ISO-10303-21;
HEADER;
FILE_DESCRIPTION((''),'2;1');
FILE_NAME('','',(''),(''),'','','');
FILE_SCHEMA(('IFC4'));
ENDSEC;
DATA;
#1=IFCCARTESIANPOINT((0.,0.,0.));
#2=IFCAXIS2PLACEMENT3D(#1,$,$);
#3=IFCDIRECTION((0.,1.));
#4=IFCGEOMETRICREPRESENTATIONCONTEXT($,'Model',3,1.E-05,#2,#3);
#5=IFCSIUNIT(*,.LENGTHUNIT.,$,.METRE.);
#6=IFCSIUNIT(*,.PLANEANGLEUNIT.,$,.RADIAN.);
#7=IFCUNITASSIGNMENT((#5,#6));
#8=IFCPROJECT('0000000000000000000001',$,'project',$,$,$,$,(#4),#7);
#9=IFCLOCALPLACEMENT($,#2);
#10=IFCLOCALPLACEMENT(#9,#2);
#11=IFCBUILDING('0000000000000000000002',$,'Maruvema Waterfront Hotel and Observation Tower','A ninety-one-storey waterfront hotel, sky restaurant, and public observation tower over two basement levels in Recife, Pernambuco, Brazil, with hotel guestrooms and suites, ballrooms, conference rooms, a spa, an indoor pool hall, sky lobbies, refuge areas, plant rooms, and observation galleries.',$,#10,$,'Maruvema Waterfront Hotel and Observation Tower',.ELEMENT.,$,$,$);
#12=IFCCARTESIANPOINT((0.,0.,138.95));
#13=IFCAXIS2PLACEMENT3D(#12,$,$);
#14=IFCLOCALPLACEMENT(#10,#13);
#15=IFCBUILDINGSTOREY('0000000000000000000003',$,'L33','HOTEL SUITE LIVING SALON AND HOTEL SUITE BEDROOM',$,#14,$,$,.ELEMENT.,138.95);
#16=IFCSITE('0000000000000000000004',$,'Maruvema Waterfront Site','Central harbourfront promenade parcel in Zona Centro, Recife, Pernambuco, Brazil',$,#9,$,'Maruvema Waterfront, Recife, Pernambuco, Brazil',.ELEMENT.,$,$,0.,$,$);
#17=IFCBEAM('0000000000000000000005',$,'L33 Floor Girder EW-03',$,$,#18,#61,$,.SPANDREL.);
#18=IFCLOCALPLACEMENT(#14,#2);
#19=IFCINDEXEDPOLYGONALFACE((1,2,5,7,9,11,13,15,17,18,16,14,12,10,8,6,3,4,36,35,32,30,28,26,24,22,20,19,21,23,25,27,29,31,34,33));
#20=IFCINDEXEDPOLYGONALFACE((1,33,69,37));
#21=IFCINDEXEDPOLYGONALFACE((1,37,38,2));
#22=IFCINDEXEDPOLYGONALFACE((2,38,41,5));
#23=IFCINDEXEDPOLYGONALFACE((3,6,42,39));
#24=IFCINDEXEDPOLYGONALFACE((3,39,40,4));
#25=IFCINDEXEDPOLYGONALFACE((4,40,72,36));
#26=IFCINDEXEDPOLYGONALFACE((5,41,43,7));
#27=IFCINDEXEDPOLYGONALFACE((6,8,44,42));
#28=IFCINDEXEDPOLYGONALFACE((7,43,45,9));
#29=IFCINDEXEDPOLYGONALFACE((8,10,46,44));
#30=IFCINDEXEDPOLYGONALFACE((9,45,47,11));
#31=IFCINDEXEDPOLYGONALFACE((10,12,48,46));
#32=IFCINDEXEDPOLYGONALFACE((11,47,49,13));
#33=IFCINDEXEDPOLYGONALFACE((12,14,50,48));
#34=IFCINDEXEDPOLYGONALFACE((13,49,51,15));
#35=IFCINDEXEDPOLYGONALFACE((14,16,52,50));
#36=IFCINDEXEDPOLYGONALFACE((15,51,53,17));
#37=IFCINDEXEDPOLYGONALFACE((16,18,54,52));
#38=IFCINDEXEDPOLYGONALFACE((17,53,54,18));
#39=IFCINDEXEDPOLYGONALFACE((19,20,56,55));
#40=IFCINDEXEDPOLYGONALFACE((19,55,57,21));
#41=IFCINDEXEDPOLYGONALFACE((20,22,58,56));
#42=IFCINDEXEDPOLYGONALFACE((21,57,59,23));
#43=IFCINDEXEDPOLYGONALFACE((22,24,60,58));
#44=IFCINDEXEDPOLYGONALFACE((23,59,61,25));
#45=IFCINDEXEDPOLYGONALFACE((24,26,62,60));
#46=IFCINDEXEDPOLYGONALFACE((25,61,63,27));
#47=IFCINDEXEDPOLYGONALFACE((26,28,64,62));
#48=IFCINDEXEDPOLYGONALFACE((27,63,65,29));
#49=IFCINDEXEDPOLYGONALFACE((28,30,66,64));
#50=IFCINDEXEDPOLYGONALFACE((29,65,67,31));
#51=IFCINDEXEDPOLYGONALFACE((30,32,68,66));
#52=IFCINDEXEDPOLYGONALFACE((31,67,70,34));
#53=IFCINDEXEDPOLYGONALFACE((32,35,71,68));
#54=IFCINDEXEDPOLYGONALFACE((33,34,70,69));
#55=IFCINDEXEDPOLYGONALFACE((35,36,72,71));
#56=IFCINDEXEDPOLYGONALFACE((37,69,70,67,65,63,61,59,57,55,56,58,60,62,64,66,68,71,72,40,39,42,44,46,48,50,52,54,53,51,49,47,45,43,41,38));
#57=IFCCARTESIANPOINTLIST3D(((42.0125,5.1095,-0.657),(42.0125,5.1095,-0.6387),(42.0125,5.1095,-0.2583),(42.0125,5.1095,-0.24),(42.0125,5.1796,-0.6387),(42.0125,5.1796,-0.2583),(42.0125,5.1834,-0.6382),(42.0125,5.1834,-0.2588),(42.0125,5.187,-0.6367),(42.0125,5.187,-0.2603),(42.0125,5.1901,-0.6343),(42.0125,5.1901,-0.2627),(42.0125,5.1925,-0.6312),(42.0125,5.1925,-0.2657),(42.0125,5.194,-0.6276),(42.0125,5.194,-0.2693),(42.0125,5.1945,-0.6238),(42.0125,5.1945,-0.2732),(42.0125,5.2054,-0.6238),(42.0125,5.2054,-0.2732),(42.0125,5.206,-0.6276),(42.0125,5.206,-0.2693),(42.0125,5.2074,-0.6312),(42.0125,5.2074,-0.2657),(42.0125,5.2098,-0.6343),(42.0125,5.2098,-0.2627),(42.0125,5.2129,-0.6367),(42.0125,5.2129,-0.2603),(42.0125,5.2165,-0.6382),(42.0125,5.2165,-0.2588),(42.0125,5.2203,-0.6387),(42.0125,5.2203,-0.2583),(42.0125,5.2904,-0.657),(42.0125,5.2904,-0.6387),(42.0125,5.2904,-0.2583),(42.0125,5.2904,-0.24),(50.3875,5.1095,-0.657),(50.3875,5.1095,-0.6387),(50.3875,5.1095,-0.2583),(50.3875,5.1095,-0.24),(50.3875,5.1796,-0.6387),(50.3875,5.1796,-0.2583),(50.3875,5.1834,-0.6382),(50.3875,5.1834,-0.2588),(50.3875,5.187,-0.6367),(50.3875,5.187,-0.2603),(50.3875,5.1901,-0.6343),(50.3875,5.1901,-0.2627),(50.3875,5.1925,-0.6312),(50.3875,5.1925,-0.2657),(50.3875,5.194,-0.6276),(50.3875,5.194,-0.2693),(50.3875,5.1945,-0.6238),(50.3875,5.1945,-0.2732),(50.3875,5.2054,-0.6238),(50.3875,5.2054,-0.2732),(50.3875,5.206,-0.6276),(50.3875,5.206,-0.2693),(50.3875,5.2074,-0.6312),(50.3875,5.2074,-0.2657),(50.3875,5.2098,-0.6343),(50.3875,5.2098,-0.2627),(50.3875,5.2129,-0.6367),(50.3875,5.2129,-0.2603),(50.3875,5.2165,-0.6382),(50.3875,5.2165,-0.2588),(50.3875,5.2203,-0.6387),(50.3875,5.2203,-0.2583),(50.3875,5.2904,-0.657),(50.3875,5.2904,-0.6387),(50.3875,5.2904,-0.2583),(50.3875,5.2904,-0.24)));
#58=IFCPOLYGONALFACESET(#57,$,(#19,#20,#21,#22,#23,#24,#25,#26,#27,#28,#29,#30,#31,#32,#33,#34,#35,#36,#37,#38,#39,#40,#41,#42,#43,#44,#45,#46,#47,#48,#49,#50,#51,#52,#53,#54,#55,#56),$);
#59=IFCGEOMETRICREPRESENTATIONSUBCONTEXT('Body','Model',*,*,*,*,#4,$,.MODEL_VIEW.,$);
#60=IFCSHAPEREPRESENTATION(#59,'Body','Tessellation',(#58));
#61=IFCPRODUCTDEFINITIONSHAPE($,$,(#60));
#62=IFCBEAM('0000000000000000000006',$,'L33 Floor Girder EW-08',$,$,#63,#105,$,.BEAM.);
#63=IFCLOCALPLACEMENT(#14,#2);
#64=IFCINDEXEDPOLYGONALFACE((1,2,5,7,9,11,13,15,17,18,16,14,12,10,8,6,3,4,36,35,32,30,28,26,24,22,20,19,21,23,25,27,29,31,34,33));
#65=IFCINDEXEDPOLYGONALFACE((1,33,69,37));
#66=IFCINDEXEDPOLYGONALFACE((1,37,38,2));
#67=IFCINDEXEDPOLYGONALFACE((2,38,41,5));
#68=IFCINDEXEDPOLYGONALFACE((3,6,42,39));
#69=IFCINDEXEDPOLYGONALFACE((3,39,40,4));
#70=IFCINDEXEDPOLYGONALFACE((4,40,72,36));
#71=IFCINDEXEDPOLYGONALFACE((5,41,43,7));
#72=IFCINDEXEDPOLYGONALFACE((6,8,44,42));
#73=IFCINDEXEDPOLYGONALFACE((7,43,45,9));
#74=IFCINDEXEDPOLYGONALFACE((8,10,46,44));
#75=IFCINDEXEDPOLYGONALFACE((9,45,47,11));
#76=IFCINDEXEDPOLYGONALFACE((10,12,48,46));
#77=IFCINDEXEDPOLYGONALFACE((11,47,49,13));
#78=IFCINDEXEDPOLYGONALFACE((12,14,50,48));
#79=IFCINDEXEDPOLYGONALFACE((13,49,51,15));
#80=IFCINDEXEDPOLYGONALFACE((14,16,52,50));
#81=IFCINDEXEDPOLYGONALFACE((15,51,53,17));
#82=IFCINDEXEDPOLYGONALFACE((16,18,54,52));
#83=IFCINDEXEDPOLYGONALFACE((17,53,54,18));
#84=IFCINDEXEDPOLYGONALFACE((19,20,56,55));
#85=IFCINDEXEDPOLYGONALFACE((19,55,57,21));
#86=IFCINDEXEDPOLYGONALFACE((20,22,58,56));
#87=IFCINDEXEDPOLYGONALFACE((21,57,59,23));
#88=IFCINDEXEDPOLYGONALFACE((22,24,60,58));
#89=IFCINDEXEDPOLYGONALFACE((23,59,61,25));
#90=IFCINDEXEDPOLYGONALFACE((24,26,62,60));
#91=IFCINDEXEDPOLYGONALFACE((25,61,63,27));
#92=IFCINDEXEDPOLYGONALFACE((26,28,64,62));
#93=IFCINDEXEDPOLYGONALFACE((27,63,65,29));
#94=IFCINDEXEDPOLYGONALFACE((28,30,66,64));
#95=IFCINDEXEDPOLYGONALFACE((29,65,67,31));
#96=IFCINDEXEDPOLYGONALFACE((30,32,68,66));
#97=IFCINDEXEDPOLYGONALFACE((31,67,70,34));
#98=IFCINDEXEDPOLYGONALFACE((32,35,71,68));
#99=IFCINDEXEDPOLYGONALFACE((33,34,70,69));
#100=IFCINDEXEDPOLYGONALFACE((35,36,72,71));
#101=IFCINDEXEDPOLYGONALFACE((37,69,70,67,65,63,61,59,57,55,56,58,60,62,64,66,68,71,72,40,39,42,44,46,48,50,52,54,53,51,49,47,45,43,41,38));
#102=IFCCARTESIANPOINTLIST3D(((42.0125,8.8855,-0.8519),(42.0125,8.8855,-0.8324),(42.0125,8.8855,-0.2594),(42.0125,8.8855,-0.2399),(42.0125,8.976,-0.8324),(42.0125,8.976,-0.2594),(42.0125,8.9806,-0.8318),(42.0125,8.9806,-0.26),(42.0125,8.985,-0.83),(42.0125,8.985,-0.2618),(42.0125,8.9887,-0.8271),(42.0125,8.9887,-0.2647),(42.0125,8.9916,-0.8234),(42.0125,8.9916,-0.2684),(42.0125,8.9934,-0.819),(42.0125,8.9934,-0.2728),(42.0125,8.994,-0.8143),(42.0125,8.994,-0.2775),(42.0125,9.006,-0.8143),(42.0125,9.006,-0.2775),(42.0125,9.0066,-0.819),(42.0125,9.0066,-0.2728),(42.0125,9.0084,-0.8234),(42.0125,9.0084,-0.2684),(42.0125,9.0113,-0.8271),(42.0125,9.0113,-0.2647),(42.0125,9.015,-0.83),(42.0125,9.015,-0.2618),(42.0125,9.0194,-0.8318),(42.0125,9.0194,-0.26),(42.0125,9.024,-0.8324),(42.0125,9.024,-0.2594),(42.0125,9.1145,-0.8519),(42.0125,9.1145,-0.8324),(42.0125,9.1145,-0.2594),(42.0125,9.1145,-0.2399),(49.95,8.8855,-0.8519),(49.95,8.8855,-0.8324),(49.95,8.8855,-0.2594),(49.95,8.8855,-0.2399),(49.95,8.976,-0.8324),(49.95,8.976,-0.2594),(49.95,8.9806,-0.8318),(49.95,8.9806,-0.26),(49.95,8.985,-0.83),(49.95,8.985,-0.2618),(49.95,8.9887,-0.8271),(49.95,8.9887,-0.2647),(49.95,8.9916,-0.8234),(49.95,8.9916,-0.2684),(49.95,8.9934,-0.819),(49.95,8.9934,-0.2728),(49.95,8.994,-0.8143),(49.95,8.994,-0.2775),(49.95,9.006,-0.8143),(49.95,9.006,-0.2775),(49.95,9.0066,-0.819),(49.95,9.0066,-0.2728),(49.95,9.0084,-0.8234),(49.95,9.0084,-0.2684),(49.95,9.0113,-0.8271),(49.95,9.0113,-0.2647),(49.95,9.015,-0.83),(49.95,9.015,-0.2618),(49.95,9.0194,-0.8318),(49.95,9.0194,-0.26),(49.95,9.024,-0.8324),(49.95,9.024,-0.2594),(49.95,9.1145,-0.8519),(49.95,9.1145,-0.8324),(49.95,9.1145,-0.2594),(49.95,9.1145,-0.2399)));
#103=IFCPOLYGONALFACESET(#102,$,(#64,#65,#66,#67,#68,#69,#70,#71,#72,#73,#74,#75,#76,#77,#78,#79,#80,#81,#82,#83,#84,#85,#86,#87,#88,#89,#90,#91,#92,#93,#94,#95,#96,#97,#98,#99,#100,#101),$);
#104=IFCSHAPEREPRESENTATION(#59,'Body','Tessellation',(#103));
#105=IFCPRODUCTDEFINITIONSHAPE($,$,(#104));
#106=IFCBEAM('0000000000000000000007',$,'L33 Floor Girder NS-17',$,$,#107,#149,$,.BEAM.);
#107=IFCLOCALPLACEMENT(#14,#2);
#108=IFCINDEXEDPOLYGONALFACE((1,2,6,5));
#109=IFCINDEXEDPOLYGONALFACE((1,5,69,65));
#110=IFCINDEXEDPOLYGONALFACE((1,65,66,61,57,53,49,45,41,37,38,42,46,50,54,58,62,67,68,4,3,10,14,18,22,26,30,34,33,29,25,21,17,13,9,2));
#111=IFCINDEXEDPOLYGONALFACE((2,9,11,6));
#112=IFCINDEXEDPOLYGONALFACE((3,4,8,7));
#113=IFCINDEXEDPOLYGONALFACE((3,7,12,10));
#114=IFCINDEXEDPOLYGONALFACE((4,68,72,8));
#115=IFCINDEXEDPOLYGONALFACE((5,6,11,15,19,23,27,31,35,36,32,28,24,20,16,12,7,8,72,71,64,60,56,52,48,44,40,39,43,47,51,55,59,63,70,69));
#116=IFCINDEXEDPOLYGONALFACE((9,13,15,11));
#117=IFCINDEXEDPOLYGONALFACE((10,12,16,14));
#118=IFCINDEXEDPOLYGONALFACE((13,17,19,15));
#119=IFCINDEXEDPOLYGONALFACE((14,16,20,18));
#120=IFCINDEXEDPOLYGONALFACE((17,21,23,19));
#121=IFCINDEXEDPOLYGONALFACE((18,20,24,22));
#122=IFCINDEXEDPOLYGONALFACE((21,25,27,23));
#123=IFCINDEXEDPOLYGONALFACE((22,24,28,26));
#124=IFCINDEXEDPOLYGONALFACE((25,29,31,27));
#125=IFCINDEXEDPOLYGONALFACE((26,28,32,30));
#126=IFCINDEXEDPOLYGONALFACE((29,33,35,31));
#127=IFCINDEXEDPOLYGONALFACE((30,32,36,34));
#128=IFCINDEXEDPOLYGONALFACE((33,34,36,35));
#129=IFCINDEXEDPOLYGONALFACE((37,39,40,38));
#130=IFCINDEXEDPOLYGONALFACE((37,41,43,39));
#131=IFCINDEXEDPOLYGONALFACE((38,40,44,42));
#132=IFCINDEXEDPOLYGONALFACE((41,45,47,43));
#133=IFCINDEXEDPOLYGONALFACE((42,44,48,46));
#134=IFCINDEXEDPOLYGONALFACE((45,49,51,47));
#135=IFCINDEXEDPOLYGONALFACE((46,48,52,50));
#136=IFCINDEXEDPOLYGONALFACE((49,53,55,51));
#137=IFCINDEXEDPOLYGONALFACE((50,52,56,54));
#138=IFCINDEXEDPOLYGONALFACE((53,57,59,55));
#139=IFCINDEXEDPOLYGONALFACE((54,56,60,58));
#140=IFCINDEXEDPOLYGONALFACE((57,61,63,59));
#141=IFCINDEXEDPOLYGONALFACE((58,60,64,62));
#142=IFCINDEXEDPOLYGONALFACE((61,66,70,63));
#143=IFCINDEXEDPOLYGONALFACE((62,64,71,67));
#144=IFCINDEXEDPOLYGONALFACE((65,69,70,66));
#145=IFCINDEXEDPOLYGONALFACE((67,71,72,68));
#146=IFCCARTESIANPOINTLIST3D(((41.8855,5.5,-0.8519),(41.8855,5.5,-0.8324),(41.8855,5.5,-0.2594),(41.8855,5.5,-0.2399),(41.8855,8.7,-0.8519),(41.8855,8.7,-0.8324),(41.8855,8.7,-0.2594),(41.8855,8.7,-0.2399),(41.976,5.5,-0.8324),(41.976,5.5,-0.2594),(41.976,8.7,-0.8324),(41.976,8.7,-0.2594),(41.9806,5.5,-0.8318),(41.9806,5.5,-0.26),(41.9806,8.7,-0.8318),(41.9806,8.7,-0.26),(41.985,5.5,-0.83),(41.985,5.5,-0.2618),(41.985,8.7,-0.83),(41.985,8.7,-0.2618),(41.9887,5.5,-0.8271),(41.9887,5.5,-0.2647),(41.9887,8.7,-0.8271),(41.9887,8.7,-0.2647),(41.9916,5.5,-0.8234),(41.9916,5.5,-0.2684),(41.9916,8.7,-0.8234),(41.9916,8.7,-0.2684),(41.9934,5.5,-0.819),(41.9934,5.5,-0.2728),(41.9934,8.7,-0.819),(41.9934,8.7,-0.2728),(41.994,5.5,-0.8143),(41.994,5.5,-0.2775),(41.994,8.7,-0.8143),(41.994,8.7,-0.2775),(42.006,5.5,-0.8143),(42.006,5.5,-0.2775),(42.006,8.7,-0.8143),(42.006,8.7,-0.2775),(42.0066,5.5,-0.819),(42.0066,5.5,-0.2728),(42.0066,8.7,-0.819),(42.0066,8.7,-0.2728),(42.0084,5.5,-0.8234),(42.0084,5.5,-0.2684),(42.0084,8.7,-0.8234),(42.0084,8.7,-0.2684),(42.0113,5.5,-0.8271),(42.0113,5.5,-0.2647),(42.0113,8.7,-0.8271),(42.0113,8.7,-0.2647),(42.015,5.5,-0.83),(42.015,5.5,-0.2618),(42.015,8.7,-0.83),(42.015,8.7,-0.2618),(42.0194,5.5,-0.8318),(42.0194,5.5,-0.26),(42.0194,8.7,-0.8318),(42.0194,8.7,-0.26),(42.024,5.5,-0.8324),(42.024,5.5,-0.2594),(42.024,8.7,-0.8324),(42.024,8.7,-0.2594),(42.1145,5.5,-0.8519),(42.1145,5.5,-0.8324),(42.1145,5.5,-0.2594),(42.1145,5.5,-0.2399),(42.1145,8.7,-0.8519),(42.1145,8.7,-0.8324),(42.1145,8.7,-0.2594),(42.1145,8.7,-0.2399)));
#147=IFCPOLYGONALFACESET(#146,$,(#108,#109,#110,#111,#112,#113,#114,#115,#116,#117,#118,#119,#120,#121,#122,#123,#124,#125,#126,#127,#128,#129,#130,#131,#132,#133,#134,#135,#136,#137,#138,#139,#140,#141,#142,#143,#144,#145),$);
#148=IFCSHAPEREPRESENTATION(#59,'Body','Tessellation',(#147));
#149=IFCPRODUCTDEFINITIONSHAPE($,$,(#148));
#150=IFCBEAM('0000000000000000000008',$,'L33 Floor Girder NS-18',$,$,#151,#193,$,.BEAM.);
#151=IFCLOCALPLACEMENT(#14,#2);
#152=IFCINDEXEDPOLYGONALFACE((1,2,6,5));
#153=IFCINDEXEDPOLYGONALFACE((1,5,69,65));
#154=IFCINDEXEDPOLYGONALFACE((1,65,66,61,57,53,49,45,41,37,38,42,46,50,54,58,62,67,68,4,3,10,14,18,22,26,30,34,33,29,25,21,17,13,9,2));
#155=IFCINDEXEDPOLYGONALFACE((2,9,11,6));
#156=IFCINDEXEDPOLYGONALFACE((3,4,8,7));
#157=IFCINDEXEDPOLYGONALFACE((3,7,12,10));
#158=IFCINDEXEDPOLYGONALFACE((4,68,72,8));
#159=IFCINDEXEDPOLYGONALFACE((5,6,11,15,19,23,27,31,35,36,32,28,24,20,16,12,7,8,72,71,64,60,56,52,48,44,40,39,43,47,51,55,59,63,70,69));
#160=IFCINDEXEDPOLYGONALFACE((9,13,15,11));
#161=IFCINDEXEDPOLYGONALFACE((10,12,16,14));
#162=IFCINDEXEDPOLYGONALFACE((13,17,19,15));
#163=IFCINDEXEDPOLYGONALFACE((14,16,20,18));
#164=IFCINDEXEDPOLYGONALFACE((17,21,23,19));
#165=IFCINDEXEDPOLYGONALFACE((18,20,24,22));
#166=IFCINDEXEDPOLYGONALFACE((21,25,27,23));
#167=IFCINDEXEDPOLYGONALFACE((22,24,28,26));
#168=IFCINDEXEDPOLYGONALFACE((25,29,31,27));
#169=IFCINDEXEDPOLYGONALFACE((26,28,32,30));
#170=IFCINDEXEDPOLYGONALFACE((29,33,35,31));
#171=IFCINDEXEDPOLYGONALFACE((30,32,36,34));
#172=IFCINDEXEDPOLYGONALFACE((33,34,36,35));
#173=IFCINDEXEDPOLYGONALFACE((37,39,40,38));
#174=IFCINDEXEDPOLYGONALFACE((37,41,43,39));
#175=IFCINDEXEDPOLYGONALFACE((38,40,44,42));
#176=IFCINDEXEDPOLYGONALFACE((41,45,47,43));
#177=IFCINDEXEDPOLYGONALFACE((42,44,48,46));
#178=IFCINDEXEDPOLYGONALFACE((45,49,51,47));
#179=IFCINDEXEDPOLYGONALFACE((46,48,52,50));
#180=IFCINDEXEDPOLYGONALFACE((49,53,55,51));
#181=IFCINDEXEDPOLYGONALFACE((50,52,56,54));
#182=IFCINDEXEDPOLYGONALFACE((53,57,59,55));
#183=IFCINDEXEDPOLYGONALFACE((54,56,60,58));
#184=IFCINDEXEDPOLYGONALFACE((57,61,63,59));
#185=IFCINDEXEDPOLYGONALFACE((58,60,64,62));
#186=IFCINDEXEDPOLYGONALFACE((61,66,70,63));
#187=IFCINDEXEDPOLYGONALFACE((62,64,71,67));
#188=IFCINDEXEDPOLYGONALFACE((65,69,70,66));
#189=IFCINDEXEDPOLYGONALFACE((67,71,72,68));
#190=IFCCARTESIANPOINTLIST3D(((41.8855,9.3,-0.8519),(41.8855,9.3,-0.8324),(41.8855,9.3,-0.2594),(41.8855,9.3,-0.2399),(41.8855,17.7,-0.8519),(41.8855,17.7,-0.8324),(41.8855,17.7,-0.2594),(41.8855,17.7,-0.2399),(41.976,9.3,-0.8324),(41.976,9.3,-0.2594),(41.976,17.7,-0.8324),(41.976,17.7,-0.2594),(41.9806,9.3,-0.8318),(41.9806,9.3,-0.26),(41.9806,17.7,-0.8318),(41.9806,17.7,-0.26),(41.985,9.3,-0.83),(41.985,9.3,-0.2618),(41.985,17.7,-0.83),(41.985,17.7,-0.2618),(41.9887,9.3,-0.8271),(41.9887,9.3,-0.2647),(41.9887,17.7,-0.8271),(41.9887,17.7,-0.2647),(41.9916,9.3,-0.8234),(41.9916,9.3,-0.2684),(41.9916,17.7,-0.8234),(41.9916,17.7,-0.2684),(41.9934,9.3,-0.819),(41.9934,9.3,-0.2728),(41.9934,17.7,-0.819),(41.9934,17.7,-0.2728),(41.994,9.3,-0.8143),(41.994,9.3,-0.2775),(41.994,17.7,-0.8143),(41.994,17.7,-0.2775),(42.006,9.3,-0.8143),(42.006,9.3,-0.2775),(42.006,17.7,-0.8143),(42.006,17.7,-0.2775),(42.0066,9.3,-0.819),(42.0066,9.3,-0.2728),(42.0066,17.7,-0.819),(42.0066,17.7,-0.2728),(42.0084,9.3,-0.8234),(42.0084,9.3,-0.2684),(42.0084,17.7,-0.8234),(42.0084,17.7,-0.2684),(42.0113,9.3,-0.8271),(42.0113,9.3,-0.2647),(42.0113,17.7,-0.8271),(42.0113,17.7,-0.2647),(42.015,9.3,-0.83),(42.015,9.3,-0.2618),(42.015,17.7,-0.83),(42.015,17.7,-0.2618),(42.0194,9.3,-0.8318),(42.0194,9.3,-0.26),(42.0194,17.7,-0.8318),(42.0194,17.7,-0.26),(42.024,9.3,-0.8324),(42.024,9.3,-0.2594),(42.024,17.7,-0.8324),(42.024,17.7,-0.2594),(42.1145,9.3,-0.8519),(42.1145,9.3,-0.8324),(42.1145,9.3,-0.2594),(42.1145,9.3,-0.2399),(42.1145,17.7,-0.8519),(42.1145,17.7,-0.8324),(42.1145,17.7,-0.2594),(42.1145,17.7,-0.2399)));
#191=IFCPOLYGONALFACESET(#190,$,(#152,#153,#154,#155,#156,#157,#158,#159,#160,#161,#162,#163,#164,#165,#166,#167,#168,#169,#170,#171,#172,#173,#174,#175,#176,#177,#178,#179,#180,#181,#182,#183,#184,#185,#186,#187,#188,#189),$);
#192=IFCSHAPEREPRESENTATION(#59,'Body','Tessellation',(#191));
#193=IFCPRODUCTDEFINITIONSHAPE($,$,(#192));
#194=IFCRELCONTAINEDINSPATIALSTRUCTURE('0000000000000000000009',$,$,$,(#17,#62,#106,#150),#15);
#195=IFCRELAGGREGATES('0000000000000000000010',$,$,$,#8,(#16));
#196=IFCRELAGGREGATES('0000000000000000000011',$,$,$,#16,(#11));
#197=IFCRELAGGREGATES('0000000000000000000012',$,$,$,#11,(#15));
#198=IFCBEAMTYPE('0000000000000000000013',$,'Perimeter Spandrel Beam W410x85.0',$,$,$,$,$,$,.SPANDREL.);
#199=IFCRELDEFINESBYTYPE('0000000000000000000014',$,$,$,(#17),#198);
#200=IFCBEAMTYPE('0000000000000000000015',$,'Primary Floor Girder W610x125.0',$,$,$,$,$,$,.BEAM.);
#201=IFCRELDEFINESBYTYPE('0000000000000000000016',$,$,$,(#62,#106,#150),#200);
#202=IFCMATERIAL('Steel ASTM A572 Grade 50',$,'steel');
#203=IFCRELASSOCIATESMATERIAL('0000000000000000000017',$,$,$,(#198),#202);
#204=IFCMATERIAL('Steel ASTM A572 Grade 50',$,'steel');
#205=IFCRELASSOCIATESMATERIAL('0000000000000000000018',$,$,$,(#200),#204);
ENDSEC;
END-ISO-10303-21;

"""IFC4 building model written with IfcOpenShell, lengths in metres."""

from ifc_helpers import new_model, si_unit, direction, frame, origin, origin_2d, place, context, subcontext, project, spatial, i_section, extrude, material, material_profile, profile_set, type_object, element, save


model = new_model("IFC4")

# Units and contexts
model_context = context("Model", 3, precision=1e-05, world=origin(), true_north=direction((0.0, 1.0)))
body_context = subcontext(model_context, "Body", "Model", "MODEL_VIEW")
ifc_project = project(units=[si_unit("LENGTHUNIT", "METRE"), si_unit("PLANEANGLEUNIT", "RADIAN")], contexts=[model_context])

# Site, building, storey
site_placement = place(None, origin())
site = spatial("IfcSite", under=ifc_project, at=site_placement, Name="Maruvema Waterfront Site", Description="Central harbourfront promenade parcel in Zona Centro, Recife, Pernambuco, Brazil", LongName="Maruvema Waterfront, Recife, Pernambuco, Brazil", CompositionType="ELEMENT", RefElevation=0.0)
building_placement = place(site_placement, origin())
building = spatial("IfcBuilding", under=site, at=building_placement, Name="Maruvema Waterfront Hotel and Observation Tower", Description="A ninety-one-storey waterfront hotel, sky restaurant, and public observation tower over two basement levels in Recife, Pernambuco, Brazil, with hotel guestrooms and suites, ballrooms, conference rooms, a spa, an indoor pool hall, sky lobbies, refuge areas, plant rooms, and observation galleries.", LongName="Maruvema Waterfront Hotel and Observation Tower", CompositionType="ELEMENT")
storey_placement = place(building_placement, frame((0.0, 0.0, 138.95)))
storey = spatial("IfcBuildingStorey", under=building, at=storey_placement, Name="L33", Description="HOTEL SUITE LIVING SALON AND HOTEL SUITE BEDROOM", CompositionType="ELEMENT", Elevation=138.95)

# Beams
ifc_material_1 = material(Name="Steel ASTM A572 Grade 50", Category="steel")
ifc_material_profile_1 = material_profile(ifc_material_1, i_section(OverallWidth=0.1809, OverallDepth=0.417, WebThickness=0.011, FlangeThickness=0.0183, FilletRadius=0.0149, at=origin_2d()), Name="W410x85.0")
ifc_profile_set_1 = profile_set([ifc_material_profile_1], Name="Steel ASTM A572 Grade 50")
beam_type_1 = type_object("IfcBeamType", Name="Perimeter Spandrel Beam W410x85.0", PredefinedType="SPANDREL", material=ifc_profile_set_1)
beam_1_placement = place(storey_placement, frame((42.0125, 5.2, -0.4485), z_axis=(1.0, 0.0, 0.0), x_axis=(0.0, 1.0, 0.0)))
element("IfcBeam", 1, at=beam_1_placement, inside=storey, type_object=beam_type_1, Name="L33 Floor Girder EW-03", PredefinedType="SPANDREL", context=body_context, shape_type="SweptSolid", body=[
    extrude(i_section(OverallWidth=0.1809, OverallDepth=0.417, WebThickness=0.011, FlangeThickness=0.0183, FilletRadius=0.0149, at=origin_2d()), origin(), (0.0, 0.0, 1.0), 8.375),
])
ifc_material_2 = material(Name="Steel ASTM A572 Grade 50", Category="steel")
ifc_material_profile_2 = material_profile(ifc_material_2, i_section(OverallWidth=0.229, OverallDepth=0.6121, WebThickness=0.012, FlangeThickness=0.0195, FilletRadius=0.0181, at=origin_2d()), Name="W610x125.0")
ifc_profile_set_2 = profile_set([ifc_material_profile_2], Name="Steel ASTM A572 Grade 50")
beam_type_2 = type_object("IfcBeamType", Name="Primary Floor Girder W610x125.0", PredefinedType="BEAM", material=ifc_profile_set_2)
beam_2_placement = place(storey_placement, frame((42.0125, 9.0, -0.5459), z_axis=(1.0, 0.0, 0.0), x_axis=(0.0, 1.0, 0.0)))
element("IfcBeam", 2, at=beam_2_placement, inside=storey, type_object=beam_type_2, Name="L33 Floor Girder EW-08", PredefinedType="BEAM", context=body_context, shape_type="SweptSolid", body=[
    extrude(i_section(OverallWidth=0.229, OverallDepth=0.6121, WebThickness=0.012, FlangeThickness=0.0195, FilletRadius=0.0181, at=origin_2d()), origin(), (0.0, 0.0, 1.0), 7.9375),
])
beam_3_placement = place(storey_placement, frame((42.0, 5.5, -0.5459), z_axis=(0.0, 1.0, 0.0), x_axis=(-1.0, 0.0, 0.0)))
element("IfcBeam", 3, at=beam_3_placement, inside=storey, type_object=beam_type_2, Name="L33 Floor Girder NS-17", PredefinedType="BEAM", context=body_context, shape_type="SweptSolid", body=[
    extrude(i_section(OverallWidth=0.229, OverallDepth=0.6121, WebThickness=0.012, FlangeThickness=0.0195, FilletRadius=0.0181, at=origin_2d()), origin(), (0.0, 0.0, 1.0), 3.2),
])
beam_4_placement = place(storey_placement, frame((42.0, 9.3, -0.5459), z_axis=(0.0, 1.0, 0.0), x_axis=(-1.0, 0.0, 0.0)))
element("IfcBeam", 4, at=beam_4_placement, inside=storey, type_object=beam_type_2, Name="L33 Floor Girder NS-18", PredefinedType="BEAM", context=body_context, shape_type="SweptSolid", body=[
    extrude(i_section(OverallWidth=0.229, OverallDepth=0.6121, WebThickness=0.012, FlangeThickness=0.0195, FilletRadius=0.0181, at=origin_2d()), origin(), (0.0, 0.0, 1.0), 8.3999),
])

save(model, "model.ifc")
